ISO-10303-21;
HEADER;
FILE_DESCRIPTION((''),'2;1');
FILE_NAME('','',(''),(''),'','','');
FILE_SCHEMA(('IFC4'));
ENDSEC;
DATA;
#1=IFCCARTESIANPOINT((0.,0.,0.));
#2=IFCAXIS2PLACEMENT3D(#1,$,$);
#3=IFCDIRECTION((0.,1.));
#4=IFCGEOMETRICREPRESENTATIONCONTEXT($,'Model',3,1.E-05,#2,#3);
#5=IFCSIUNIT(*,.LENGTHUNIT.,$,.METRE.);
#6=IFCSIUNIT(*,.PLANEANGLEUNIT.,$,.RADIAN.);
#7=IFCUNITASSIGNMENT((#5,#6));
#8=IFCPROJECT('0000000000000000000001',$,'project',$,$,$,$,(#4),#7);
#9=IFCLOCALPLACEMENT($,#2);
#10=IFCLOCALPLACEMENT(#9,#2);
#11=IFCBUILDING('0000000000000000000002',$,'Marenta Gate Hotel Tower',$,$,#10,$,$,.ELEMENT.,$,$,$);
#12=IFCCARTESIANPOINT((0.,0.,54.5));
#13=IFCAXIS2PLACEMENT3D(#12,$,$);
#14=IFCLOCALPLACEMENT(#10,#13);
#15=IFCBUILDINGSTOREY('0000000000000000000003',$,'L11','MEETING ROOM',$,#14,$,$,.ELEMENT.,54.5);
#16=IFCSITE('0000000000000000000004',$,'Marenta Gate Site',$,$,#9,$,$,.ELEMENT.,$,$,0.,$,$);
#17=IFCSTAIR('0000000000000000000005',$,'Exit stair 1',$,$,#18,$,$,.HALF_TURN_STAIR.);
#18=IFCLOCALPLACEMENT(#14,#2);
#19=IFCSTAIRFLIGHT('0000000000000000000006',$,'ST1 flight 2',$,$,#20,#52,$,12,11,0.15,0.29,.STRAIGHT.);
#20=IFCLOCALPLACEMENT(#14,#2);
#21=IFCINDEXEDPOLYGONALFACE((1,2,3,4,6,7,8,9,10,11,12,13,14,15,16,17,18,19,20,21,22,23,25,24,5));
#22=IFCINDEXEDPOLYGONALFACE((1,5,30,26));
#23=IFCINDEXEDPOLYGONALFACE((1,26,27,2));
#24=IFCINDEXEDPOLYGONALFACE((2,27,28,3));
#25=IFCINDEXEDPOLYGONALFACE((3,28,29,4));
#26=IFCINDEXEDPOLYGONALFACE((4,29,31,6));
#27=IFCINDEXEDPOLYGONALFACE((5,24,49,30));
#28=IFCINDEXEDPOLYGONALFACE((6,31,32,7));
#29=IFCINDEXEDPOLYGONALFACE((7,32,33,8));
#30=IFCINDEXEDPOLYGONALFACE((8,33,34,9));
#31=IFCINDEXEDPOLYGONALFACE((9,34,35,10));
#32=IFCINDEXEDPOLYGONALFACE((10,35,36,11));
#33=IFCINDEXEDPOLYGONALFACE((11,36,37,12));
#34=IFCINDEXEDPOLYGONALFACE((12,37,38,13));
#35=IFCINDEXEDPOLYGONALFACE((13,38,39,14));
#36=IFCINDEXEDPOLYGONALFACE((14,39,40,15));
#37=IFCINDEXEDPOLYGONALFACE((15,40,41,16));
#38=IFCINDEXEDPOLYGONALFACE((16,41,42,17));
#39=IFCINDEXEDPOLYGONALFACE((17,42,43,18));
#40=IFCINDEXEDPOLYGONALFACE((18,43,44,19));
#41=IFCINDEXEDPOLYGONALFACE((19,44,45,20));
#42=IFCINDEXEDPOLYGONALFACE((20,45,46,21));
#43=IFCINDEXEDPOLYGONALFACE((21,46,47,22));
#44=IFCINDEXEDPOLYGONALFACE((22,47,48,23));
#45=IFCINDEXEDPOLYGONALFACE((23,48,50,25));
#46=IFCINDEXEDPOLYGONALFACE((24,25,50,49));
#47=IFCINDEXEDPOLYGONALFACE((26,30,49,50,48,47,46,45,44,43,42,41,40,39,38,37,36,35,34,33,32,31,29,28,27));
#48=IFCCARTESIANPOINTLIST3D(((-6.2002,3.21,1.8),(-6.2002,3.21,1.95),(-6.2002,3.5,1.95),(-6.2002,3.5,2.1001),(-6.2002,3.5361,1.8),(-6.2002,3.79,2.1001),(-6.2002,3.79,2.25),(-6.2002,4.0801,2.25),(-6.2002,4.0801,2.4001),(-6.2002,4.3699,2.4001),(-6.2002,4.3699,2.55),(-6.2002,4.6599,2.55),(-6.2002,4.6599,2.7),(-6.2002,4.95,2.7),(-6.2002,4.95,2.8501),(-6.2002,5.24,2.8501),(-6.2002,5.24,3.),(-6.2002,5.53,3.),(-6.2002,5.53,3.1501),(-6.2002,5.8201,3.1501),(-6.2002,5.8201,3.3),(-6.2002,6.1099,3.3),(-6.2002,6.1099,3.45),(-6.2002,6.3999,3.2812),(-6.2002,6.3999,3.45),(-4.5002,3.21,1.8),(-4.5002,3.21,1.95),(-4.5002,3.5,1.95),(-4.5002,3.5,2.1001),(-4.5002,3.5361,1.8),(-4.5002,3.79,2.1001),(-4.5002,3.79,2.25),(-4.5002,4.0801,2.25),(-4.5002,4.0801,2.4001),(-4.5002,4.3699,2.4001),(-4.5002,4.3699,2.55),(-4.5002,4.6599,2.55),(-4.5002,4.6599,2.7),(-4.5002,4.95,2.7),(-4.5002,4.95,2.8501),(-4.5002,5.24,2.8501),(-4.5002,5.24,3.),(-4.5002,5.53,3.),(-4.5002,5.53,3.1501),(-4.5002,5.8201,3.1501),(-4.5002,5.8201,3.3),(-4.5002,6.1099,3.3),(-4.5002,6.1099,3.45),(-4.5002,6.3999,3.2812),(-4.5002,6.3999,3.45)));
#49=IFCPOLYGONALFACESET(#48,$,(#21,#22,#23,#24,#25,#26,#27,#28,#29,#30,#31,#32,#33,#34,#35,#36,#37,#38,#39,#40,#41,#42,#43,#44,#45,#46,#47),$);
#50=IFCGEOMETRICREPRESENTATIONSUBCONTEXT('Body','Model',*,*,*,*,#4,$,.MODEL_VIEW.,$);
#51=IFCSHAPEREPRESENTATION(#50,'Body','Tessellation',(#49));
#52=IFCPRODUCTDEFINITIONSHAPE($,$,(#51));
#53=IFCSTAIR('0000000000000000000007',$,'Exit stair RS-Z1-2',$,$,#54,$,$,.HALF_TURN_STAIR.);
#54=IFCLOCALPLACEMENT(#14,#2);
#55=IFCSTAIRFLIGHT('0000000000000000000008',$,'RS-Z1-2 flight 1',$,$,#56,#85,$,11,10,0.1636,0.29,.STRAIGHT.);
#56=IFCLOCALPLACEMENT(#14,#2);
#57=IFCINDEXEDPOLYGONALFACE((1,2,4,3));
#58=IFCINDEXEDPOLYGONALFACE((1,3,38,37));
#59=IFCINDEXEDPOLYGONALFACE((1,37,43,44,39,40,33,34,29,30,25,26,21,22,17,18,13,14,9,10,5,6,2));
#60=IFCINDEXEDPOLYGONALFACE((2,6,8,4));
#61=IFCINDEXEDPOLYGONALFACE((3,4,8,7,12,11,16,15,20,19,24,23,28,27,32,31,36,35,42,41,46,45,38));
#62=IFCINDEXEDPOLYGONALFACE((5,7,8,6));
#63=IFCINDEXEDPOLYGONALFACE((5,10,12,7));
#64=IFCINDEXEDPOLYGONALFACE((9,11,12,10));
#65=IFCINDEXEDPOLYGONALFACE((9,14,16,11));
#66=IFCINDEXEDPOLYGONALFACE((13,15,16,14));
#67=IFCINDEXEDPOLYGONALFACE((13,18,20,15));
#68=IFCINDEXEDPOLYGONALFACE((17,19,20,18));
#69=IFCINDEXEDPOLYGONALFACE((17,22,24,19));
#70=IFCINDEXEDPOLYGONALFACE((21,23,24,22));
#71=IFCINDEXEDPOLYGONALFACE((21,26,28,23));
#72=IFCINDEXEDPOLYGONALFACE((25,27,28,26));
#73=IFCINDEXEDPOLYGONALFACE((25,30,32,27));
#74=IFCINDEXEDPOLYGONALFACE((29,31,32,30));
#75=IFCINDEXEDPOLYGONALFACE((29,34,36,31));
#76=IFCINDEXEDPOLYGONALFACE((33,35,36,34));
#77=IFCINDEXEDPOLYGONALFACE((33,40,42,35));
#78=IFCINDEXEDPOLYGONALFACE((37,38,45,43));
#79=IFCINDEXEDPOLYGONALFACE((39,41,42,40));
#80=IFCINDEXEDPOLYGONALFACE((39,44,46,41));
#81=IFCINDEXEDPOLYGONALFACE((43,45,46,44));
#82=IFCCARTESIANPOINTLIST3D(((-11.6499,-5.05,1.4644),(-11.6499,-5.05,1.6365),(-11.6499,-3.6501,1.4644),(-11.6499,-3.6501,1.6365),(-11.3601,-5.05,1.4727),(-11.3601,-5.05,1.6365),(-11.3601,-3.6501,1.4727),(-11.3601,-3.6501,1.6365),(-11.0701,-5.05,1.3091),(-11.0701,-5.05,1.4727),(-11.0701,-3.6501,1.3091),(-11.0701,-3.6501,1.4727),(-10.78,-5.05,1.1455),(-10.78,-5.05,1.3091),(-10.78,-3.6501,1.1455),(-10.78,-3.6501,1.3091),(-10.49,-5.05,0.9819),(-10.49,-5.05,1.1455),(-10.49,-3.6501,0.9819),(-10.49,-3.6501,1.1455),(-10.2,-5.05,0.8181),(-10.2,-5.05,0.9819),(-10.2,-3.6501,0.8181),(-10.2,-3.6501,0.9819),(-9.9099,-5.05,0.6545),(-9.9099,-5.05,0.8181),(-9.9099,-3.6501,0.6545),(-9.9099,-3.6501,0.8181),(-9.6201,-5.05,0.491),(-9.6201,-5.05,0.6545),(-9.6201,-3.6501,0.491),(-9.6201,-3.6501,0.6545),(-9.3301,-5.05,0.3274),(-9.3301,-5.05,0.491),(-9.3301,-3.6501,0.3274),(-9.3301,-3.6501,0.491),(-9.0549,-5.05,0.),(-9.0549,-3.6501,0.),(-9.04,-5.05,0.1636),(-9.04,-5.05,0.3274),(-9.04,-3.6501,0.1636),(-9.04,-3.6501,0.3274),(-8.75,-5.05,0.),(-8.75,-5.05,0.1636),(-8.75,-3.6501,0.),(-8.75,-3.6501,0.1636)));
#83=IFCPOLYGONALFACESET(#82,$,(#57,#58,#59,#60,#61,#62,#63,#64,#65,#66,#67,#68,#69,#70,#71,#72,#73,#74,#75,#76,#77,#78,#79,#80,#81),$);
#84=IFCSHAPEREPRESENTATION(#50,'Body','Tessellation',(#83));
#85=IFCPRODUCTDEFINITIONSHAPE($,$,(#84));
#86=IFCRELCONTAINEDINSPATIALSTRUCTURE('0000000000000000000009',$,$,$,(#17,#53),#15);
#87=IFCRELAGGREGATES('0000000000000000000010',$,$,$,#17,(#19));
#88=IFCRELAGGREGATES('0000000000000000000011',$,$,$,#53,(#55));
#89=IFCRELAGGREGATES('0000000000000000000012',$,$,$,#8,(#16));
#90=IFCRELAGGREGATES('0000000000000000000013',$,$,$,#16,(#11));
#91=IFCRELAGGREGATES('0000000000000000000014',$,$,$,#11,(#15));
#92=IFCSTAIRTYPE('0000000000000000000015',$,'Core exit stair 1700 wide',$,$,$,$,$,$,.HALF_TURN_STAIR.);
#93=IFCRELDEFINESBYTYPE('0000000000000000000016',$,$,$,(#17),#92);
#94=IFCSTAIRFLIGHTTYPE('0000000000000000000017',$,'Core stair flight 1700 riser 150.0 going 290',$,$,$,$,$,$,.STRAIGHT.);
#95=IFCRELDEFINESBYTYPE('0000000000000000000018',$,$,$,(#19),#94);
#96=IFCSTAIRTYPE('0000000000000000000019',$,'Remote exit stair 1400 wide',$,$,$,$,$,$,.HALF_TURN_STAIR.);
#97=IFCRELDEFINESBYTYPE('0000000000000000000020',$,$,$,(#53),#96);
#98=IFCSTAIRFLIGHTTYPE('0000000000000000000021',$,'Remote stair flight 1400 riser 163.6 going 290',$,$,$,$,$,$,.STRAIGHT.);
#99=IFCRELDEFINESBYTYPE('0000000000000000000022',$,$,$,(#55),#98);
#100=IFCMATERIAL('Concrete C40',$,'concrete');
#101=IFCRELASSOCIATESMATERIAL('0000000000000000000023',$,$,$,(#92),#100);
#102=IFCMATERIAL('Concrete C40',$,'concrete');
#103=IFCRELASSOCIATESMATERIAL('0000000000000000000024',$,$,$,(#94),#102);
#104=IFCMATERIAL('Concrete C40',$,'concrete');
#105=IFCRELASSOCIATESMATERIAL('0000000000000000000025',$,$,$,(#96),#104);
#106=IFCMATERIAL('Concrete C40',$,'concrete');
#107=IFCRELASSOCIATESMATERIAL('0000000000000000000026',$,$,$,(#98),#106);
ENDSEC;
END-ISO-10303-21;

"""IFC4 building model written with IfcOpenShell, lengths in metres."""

from ifc_helpers import new_model, si_unit, direction, frame, origin, place, context, subcontext, project, spatial, polyline, outline, extrude, material, type_object, element, aggregate, save


model = new_model("IFC4")

# Units and contexts
model_context = context("Model", 3, precision=1e-05, world=origin(), true_north=direction((0.0, 1.0)))
body_context = subcontext(model_context, "Body", "Model", "MODEL_VIEW")
ifc_project = project(units=[si_unit("LENGTHUNIT", "METRE"), si_unit("PLANEANGLEUNIT", "RADIAN")], contexts=[model_context])

# Site, building, storey
site_placement = place(None, origin())
site = spatial("IfcSite", under=ifc_project, at=site_placement, Name="Marenta Gate Site", CompositionType="ELEMENT", RefElevation=0.0)
building_placement = place(site_placement, origin())
building = spatial("IfcBuilding", under=site, at=building_placement, Name="Marenta Gate Hotel Tower", CompositionType="ELEMENT")
storey_placement = place(building_placement, frame((0.0, 0.0, 54.5)))
storey = spatial("IfcBuildingStorey", under=building, at=storey_placement, Name="L11", Description="MEETING ROOM", CompositionType="ELEMENT", Elevation=54.5)

# Stairs, stair flights
ifc_material_1 = material(Name="Concrete C40", Category="concrete")
stair_type_1 = type_object("IfcStairType", Name="Core exit stair 1700 wide", PredefinedType="HALF_TURN_STAIR", material=ifc_material_1)
stair_1_placement = place(storey_placement, origin())
stair_1 = element("IfcStair", 1, at=stair_1_placement, inside=storey, type_object=stair_type_1, Name="Exit stair 1", PredefinedType="HALF_TURN_STAIR")
ifc_material_2 = material(Name="Concrete C40", Category="concrete")
stair_flight_type_1 = type_object("IfcStairFlightType", Name="Core stair flight 1700 riser 150.0 going 290", PredefinedType="STRAIGHT", material=ifc_material_2)
stair_flight_1_placement = place(storey_placement, frame((-5.3501, 3.21, 1.8), z_axis=(0.0, 0.0, 1.0), x_axis=(0.0, 1.0, 0.0)))
stair_flight_1 = element("IfcStairFlight", 2, at=stair_flight_1_placement, type_object=stair_flight_type_1, Name="ST1 flight 2", NumberOfRisers=12, NumberOfTreads=11, PredefinedType="STRAIGHT", RiserHeight=0.15, TreadLength=0.29, context=body_context, shape_type="SweptSolid", body=[
    extrude(outline(polyline([(0.0, 0.0), (0.0, 0.1499), (0.29, 0.1499), (0.29, 0.3), (0.5801, 0.3), (0.5801, 0.45), (0.8701, 0.45), (0.8701, 0.6001), (1.1599, 0.6001), (1.1599, 0.75), (1.45, 0.75), (1.45, 0.8999), (1.74, 0.8999), (1.74, 1.05), (2.03, 1.05), (2.03, 1.2), (2.3201, 1.2), (2.3201, 1.3501), (2.6101, 1.3501), (2.6101, 1.5), (2.8999, 1.5), (2.8999, 1.6499), (3.1899, 1.6499), (3.1899, 1.8), (3.1899, 1.4812), (0.3262, 0.0), (0.0, 0.0)])), frame((0.0, 0.8501, 0.0), z_axis=(0.0, -1.0, 0.0), x_axis=(1.0, 0.0, 0.0)), (0.0, 0.0, 1.0), 1.7),
])
aggregate(stair_1, [stair_flight_1])
ifc_material_3 = material(Name="Concrete C40", Category="concrete")
stair_type_2 = type_object("IfcStairType", Name="Remote exit stair 1400 wide", PredefinedType="HALF_TURN_STAIR", material=ifc_material_3)
stair_2_placement = place(storey_placement, origin())
stair_2 = element("IfcStair", 3, at=stair_2_placement, inside=storey, type_object=stair_type_2, Name="Exit stair RS-Z1-2", PredefinedType="HALF_TURN_STAIR")
ifc_material_4 = material(Name="Concrete C40", Category="concrete")
stair_flight_type_2 = type_object("IfcStairFlightType", Name="Remote stair flight 1400 riser 163.6 going 290", PredefinedType="STRAIGHT", material=ifc_material_4)
stair_flight_2_placement = place(storey_placement, frame((-8.75, -4.3501, 0.0), z_axis=(0.0, 0.0, 1.0), x_axis=(-1.0, 0.0, 0.0)))
stair_flight_2 = element("IfcStairFlight", 4, at=stair_flight_2_placement, type_object=stair_flight_type_2, Name="RS-Z1-2 flight 1", NumberOfRisers=11, NumberOfTreads=10, PredefinedType="STRAIGHT", RiserHeight=0.1636, TreadLength=0.29, context=body_context, shape_type="SweptSolid", body=[
    extrude(outline(polyline([(0.0, 0.0), (0.0, 0.1636), (0.29, 0.1636), (0.29, 0.3274), (0.5801, 0.3274), (0.5801, 0.491), (0.8701, 0.491), (0.8701, 0.6545), (1.1599, 0.6545), (1.1599, 0.8181), (1.45, 0.8181), (1.45, 0.9819), (1.74, 0.9819), (1.74, 1.1455), (2.03, 1.1455), (2.03, 1.3091), (2.3201, 1.3091), (2.3201, 1.4727), (2.6101, 1.4727), (2.6101, 1.6365), (2.8999, 1.6365), (2.8999, 1.8), (2.8999, 1.4644), (0.3049, 0.0), (0.0, 0.0)])), frame((0.0, 0.7, 0.0), z_axis=(0.0, -1.0, 0.0), x_axis=(1.0, 0.0, 0.0)), (0.0, 0.0, 1.0), 1.3999),
])
aggregate(stair_2, [stair_flight_2])

save(model, "model.ifc")
